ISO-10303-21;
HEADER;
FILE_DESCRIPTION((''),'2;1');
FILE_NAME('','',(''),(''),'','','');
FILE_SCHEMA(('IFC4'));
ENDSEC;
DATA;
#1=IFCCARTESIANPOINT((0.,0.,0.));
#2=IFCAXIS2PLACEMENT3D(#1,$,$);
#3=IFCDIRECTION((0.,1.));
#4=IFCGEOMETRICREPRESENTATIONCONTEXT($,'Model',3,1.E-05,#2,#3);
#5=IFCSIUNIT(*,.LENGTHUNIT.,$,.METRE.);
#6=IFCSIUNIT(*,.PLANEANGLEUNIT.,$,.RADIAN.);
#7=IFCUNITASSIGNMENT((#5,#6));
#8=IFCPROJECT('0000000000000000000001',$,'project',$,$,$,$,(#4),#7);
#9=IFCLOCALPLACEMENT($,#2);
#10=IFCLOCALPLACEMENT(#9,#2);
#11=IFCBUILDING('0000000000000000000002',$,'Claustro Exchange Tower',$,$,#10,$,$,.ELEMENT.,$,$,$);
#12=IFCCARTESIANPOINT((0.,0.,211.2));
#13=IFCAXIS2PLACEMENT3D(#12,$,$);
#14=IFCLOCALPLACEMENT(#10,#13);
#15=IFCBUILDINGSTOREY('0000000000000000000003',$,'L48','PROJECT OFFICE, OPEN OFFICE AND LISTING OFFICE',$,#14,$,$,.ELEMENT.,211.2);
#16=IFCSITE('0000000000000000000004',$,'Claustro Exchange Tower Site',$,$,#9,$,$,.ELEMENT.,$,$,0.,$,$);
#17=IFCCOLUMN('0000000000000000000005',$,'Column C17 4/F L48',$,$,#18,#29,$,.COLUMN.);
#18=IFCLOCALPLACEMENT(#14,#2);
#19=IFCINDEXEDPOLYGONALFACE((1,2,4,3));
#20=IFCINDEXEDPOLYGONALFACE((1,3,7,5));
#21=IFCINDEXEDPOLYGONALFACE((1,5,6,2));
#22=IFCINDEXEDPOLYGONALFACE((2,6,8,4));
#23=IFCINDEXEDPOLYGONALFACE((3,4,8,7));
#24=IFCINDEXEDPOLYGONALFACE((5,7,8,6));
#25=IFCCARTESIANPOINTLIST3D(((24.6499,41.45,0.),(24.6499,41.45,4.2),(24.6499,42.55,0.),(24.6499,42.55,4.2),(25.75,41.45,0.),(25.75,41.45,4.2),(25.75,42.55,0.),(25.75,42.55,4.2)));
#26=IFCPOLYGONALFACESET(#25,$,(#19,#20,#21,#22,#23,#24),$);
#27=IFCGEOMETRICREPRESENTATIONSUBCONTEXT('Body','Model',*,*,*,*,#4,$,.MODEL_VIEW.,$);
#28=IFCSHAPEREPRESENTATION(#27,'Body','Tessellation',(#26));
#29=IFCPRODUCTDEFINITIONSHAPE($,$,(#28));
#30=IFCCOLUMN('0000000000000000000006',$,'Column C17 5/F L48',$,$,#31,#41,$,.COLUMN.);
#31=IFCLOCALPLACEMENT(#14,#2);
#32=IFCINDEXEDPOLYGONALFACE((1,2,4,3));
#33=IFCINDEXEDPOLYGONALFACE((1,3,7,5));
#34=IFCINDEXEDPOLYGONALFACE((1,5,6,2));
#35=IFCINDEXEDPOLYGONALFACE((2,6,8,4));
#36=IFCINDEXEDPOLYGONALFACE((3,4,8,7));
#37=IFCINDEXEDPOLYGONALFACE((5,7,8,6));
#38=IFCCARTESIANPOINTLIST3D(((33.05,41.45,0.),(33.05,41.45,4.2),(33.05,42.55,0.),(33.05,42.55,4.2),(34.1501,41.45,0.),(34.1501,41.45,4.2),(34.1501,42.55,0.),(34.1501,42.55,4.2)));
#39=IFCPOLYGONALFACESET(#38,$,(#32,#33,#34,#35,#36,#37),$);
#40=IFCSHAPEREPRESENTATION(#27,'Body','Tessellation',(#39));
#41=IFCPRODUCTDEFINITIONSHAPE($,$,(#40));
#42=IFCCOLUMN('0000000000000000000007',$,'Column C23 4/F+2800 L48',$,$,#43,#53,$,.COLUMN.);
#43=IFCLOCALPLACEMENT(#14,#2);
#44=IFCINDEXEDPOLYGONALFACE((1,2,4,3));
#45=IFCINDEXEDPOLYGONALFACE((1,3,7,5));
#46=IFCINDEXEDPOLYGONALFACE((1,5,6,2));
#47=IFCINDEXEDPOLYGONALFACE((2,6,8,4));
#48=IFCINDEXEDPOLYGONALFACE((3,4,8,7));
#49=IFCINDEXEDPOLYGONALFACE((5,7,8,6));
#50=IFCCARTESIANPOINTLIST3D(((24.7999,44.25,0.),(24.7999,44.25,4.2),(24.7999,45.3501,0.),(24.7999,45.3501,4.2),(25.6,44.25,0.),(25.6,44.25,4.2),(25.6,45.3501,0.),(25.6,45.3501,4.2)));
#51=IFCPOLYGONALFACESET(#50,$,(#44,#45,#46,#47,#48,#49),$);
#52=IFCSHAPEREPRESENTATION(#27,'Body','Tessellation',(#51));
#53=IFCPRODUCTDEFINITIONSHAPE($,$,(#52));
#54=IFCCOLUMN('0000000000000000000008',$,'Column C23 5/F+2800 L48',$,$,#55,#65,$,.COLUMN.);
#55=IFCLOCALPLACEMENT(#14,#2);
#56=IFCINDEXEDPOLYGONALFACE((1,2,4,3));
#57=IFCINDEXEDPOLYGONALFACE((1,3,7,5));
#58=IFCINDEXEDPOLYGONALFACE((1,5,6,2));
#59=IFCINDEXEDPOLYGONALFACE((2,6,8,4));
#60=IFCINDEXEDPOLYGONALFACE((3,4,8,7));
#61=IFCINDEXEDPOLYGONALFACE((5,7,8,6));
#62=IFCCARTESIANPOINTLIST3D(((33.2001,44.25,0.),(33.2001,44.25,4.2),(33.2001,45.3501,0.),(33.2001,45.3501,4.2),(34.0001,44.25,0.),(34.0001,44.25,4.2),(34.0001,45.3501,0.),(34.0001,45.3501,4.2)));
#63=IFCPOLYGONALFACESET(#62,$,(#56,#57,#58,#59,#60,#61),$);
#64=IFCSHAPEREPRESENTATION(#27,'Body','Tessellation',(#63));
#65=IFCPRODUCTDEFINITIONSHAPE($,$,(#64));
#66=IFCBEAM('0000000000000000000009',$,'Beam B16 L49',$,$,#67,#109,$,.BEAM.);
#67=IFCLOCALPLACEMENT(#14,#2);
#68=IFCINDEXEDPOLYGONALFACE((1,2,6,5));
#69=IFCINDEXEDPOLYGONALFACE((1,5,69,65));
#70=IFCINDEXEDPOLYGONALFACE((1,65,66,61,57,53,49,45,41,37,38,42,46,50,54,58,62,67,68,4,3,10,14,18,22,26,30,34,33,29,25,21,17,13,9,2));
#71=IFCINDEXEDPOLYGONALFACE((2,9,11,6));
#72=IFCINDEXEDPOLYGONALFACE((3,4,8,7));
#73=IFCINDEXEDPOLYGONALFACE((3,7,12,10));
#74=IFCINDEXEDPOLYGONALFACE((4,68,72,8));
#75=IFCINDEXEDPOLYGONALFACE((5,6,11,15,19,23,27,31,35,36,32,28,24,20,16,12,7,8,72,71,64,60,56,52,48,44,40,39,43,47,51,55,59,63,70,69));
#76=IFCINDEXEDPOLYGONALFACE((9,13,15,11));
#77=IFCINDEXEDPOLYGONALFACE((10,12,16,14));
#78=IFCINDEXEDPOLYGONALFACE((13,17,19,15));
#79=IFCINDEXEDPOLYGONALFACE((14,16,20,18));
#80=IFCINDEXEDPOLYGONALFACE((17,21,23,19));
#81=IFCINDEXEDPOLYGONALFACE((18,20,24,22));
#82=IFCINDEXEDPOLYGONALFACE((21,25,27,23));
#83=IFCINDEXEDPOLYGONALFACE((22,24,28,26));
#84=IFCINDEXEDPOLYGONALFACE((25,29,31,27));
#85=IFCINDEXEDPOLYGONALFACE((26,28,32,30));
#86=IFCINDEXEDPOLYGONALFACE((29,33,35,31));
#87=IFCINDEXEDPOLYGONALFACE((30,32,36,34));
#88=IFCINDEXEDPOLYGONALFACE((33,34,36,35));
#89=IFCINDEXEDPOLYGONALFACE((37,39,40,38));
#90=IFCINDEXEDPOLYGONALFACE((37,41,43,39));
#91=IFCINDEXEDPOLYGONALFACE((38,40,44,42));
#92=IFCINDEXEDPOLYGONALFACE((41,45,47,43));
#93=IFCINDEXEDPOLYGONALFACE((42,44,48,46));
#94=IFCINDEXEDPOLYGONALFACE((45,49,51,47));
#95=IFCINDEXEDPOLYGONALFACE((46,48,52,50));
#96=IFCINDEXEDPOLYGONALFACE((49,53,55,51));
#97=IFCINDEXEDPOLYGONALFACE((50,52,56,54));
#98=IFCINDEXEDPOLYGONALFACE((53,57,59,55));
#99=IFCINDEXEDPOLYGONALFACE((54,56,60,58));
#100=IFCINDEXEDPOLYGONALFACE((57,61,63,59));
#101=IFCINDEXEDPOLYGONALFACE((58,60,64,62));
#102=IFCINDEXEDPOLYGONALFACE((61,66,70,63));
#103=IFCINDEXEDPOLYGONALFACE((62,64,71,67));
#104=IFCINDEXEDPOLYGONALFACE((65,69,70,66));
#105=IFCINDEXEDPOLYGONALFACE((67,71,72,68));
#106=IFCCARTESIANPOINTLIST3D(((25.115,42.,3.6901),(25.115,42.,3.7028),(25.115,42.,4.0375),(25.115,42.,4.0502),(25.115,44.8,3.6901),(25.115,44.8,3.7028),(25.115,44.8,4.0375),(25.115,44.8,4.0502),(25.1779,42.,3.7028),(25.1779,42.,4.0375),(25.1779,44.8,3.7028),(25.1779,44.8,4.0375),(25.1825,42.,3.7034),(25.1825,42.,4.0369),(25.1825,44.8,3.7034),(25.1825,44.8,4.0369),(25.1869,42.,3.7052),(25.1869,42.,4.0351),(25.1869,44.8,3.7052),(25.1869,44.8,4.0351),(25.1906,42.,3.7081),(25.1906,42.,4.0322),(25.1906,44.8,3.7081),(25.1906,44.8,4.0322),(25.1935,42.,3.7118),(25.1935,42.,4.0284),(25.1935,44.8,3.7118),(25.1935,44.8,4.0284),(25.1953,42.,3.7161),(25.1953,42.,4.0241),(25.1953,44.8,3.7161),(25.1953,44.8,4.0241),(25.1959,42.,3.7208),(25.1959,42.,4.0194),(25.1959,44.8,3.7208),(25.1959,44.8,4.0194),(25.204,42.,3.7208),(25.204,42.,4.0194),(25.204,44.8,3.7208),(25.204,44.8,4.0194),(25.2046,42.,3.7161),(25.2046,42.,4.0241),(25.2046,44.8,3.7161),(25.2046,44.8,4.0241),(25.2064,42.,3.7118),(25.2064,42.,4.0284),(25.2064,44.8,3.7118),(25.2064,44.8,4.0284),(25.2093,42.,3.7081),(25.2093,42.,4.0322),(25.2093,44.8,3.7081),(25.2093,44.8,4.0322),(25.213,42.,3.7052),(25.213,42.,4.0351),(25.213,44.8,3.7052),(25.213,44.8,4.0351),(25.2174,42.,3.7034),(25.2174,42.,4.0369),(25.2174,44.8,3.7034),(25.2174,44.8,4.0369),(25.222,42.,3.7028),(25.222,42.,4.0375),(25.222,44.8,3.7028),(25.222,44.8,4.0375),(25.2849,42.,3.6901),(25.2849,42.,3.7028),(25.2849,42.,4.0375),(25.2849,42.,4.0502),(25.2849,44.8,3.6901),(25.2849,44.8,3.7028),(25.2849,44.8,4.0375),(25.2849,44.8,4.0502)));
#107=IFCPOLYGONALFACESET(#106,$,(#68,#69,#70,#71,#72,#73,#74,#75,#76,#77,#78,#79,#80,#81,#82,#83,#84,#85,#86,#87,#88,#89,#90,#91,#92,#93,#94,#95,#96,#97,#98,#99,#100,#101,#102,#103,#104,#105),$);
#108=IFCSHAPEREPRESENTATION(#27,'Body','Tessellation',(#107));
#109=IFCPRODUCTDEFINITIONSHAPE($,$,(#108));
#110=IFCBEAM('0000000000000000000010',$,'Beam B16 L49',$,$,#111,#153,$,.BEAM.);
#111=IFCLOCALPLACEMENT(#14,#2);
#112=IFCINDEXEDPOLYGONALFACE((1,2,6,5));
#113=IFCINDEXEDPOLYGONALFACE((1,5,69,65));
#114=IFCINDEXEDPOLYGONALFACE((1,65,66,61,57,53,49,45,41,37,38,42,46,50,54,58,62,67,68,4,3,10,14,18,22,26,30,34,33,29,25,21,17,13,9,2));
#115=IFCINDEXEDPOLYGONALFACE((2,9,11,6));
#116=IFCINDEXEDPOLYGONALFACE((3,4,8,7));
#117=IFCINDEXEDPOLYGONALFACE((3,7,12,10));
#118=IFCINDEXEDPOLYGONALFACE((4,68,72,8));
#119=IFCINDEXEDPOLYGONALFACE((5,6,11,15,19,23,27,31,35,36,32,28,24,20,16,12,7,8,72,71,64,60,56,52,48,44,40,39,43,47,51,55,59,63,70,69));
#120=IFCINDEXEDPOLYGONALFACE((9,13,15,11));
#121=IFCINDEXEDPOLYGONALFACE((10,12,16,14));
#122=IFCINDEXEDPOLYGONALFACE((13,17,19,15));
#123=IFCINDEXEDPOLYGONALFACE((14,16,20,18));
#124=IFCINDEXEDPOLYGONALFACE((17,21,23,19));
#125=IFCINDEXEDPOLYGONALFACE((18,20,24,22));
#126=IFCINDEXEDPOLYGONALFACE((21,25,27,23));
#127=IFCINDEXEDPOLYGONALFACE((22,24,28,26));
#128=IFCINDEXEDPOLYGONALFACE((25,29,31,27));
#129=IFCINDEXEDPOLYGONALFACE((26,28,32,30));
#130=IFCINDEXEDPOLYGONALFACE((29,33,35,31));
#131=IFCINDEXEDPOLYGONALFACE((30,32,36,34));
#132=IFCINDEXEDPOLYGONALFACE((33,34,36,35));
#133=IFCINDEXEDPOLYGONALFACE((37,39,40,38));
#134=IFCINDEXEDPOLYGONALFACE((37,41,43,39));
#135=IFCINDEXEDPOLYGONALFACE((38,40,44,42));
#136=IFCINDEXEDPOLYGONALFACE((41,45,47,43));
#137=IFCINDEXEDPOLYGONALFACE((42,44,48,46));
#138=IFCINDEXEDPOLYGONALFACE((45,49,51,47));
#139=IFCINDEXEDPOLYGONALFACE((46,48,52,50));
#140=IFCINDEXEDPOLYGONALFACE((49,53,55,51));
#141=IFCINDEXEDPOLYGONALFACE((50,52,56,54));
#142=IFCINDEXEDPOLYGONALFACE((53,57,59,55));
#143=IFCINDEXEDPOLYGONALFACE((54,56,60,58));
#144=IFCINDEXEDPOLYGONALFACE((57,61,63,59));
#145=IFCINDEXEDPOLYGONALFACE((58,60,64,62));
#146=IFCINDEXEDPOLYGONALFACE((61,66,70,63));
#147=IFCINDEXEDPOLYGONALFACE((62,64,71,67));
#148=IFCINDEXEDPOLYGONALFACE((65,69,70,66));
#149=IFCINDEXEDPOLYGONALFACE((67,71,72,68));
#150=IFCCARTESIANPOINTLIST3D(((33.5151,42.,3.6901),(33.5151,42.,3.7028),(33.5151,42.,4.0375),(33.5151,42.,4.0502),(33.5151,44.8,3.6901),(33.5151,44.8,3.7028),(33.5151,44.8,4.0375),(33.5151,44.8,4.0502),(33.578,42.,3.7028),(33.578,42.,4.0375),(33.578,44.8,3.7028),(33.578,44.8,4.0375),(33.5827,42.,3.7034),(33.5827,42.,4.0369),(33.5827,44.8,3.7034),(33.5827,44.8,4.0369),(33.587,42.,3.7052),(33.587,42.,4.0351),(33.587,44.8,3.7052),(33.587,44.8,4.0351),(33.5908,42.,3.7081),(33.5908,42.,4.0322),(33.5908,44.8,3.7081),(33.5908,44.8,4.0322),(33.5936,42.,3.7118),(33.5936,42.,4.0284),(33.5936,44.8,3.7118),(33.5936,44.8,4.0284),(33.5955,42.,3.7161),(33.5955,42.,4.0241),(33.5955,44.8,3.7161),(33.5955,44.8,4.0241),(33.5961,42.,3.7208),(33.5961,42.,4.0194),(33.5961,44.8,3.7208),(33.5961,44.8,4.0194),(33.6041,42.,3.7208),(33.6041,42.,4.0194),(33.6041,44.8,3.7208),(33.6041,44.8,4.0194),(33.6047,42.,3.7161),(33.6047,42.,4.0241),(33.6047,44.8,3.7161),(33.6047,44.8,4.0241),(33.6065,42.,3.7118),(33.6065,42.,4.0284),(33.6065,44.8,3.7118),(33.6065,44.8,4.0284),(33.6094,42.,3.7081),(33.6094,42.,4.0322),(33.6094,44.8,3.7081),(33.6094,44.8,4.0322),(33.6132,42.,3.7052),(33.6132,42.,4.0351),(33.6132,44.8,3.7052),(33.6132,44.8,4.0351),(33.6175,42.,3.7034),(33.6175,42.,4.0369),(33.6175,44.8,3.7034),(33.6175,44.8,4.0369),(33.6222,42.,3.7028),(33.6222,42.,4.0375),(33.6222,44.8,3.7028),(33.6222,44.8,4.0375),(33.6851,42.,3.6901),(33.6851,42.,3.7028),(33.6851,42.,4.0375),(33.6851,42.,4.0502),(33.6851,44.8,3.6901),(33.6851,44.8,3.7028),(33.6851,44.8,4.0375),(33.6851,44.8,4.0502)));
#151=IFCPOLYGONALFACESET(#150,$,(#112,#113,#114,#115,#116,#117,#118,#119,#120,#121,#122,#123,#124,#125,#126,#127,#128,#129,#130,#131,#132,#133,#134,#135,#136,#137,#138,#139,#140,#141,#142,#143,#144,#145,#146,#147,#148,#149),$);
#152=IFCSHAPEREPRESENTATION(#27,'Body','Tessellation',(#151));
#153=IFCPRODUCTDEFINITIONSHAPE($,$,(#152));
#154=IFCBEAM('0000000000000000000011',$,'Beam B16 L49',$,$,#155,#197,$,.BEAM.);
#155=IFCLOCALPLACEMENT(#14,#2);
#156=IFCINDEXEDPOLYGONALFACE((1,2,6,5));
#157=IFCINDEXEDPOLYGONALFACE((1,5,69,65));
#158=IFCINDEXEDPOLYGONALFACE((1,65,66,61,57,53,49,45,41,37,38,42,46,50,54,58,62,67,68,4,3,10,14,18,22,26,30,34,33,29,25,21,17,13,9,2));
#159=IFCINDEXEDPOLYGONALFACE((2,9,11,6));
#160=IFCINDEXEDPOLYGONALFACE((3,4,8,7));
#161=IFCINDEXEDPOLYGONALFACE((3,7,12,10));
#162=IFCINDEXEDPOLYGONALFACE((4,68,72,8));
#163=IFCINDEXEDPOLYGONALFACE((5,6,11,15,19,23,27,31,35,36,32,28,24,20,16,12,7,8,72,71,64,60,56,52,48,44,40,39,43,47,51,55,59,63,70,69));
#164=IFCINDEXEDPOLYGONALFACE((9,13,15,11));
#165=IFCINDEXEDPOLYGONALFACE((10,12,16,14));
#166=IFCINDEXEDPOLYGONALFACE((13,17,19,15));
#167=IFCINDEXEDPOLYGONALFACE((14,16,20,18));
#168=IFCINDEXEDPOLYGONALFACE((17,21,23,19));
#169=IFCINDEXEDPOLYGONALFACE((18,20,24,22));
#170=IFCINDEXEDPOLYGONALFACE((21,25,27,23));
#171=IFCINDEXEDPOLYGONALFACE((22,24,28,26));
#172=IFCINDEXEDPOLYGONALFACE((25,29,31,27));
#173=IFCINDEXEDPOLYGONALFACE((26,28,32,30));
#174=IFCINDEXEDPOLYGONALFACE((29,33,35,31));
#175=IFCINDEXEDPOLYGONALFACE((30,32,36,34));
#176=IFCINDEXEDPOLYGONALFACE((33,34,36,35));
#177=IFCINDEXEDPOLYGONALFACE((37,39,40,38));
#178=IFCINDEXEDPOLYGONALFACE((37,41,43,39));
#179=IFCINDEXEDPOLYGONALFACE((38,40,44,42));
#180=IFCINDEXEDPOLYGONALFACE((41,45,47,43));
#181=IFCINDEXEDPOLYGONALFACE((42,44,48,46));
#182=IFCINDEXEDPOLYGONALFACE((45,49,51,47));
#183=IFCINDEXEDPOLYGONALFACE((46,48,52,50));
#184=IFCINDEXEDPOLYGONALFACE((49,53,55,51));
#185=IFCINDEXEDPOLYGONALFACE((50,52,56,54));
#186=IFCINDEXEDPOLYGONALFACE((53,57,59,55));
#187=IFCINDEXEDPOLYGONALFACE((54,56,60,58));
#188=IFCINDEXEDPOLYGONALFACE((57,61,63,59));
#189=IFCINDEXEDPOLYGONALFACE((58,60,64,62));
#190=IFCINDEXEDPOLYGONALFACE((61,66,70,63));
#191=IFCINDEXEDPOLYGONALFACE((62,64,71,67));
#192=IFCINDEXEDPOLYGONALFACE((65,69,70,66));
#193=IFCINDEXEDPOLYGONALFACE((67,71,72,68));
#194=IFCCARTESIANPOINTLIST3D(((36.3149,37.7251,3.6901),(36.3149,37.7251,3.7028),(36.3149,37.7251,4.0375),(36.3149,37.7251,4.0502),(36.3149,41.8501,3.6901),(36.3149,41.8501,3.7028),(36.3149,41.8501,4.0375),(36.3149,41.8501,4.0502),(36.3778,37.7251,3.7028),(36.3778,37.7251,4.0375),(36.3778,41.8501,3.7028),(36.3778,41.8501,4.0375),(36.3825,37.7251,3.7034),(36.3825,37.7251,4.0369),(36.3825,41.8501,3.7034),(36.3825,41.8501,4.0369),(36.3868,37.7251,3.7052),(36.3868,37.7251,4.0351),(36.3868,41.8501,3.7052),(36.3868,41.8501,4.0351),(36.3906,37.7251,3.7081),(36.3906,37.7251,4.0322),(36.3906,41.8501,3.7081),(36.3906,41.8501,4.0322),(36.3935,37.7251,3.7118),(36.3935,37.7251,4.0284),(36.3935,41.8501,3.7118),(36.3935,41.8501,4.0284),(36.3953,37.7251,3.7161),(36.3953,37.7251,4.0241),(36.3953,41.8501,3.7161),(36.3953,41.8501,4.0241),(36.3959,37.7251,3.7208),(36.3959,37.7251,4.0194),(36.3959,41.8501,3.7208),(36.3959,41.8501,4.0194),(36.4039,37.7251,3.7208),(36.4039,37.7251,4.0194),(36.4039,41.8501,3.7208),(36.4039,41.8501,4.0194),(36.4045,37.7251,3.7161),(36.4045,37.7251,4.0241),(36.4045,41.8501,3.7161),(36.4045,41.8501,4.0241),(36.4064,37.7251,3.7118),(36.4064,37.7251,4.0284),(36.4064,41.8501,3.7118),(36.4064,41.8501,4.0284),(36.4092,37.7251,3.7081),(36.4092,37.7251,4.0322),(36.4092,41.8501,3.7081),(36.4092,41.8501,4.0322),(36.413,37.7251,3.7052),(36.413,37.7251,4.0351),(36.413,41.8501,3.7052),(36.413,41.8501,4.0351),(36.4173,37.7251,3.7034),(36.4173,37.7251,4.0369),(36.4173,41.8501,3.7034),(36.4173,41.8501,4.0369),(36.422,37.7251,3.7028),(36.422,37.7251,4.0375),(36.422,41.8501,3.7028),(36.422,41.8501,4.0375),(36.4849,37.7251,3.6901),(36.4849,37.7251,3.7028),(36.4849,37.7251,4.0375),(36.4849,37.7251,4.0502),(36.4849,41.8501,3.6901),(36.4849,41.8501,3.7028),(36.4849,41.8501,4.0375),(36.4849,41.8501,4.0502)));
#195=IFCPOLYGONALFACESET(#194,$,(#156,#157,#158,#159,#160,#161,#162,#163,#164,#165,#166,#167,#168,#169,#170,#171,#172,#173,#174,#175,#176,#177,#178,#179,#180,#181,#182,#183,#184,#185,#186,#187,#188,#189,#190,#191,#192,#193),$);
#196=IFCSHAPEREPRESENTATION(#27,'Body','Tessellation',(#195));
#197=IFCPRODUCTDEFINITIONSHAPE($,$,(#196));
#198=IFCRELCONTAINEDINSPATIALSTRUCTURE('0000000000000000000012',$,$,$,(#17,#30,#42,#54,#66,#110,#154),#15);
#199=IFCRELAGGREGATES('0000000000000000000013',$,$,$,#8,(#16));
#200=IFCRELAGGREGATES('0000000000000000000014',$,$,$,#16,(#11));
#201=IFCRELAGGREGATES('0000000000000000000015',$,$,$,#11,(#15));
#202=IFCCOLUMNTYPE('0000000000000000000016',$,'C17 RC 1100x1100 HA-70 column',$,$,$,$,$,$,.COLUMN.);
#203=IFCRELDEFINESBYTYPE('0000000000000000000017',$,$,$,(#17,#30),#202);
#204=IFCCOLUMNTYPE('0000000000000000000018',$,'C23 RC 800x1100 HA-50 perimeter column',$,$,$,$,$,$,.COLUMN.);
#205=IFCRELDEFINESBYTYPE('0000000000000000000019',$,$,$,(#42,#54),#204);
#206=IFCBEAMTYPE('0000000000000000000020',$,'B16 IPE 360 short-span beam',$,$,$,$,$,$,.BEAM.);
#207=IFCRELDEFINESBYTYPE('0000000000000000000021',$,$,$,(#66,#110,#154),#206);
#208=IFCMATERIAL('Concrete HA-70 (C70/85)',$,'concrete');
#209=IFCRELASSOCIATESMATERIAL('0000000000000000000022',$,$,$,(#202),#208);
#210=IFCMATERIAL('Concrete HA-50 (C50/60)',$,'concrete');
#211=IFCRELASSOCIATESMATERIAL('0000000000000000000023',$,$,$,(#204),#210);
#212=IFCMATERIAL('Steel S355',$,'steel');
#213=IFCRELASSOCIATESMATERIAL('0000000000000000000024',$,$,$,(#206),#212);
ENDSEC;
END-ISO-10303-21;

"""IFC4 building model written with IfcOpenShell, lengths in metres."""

from ifc_helpers import new_model, si_unit, direction, frame, origin, origin_2d, place, context, subcontext, project, spatial, rectangle, i_section, extrude, material, material_profile, profile_set, type_object, element, save


model = new_model("IFC4")

# Units and contexts
model_context = context("Model", 3, precision=1e-05, world=origin(), true_north=direction((0.0, 1.0)))
body_context = subcontext(model_context, "Body", "Model", "MODEL_VIEW")
ifc_project = project(units=[si_unit("LENGTHUNIT", "METRE"), si_unit("PLANEANGLEUNIT", "RADIAN")], contexts=[model_context])

# Site, building, storey
site_placement = place(None, origin())
site = spatial("IfcSite", under=ifc_project, at=site_placement, Name="Claustro Exchange Tower Site", CompositionType="ELEMENT", RefElevation=0.0)
building_placement = place(site_placement, origin())
building = spatial("IfcBuilding", under=site, at=building_placement, Name="Claustro Exchange Tower", CompositionType="ELEMENT")
storey_placement = place(building_placement, frame((0.0, 0.0, 211.2)))
storey = spatial("IfcBuildingStorey", under=building, at=storey_placement, Name="L48", Description="PROJECT OFFICE, OPEN OFFICE AND LISTING OFFICE", CompositionType="ELEMENT", Elevation=211.2)

# Columns
ifc_material_1 = material(Name="Concrete HA-70 (C70/85)", Category="concrete")
ifc_material_profile_1 = material_profile(ifc_material_1, rectangle(XDim=1.1001, YDim=1.1001, at=origin_2d()), Name="RC 1100x1100")
ifc_profile_set_1 = profile_set([ifc_material_profile_1], Name="Concrete HA-70 (C70/85)")
column_type_1 = type_object("IfcColumnType", Name="C17 RC 1100x1100 HA-70 column", PredefinedType="COLUMN", material=ifc_profile_set_1)
for number, where, z_axis, x_axis, name in (
    (1, (25.2, 42.0, 0.0), (0.0, 0.0, 1.0), (1.0, 0.0, 0.0), "Column C17 4/F L48"),
    (2, (33.6001, 42.0, 0.0), (0.0, 0.0, 1.0), (1.0, 0.0, 0.0), "Column C17 5/F L48"),
):
    element("IfcColumn", number, at=place(storey_placement, frame(where, z_axis=z_axis, x_axis=x_axis)), inside=storey, type_object=column_type_1, Name=name, PredefinedType="COLUMN", context=body_context, shape_type="SweptSolid", body=[
        extrude(rectangle(XDim=1.1001, YDim=1.1001, at=origin_2d()), origin(), (0.0, 0.0, 1.0), 4.2),
    ])
ifc_material_2 = material(Name="Concrete HA-50 (C50/60)", Category="concrete")
ifc_material_profile_2 = material_profile(ifc_material_2, rectangle(XDim=0.8, YDim=1.1001, at=origin_2d()), Name="RC 800x1100")
ifc_profile_set_2 = profile_set([ifc_material_profile_2], Name="Concrete HA-50 (C50/60)")
column_type_2 = type_object("IfcColumnType", Name="C23 RC 800x1100 HA-50 perimeter column", PredefinedType="COLUMN", material=ifc_profile_set_2)
for number, where, z_axis, x_axis, name in (
    (3, (25.2, 44.8, 0.0), (0.0, 0.0, 1.0), (1.0, 0.0, 0.0), "Column C23 4/F+2800 L48"),
    (4, (33.6001, 44.8, 0.0), (0.0, 0.0, 1.0), (1.0, 0.0, 0.0), "Column C23 5/F+2800 L48"),
):
    element("IfcColumn", number, at=place(storey_placement, frame(where, z_axis=z_axis, x_axis=x_axis)), inside=storey, type_object=column_type_2, Name=name, PredefinedType="COLUMN", context=body_context, shape_type="SweptSolid", body=[
        extrude(rectangle(XDim=0.8, YDim=1.1001, at=origin_2d()), origin(), (0.0, 0.0, 1.0), 4.2),
    ])

# Beams
ifc_material_3 = material(Name="Steel S355", Category="steel")
ifc_material_profile_3 = material_profile(ifc_material_3, i_section(OverallWidth=0.1699, OverallDepth=0.3601, WebThickness=0.0081, FlangeThickness=0.0127, FilletRadius=0.0181, at=origin_2d()), Name="IPE 360")
ifc_profile_set_3 = profile_set([ifc_material_profile_3], Name="Steel S355")
beam_type_1 = type_object("IfcBeamType", Name="B16 IPE 360 short-span beam", PredefinedType="BEAM", material=ifc_profile_set_3)
for number, where, z_axis, x_axis, name in (
    (5, (25.2, 42.0, 3.8701), (0.0, 1.0, 0.0), (-1.0, 0.0, 0.0), "Beam B16 L49"),
    (6, (33.6001, 42.0, 3.8701), (0.0, 1.0, 0.0), (-1.0, 0.0, 0.0), "Beam B16 L49"),
):
    element("IfcBeam", number, at=place(storey_placement, frame(where, z_axis=z_axis, x_axis=x_axis)), inside=storey, type_object=beam_type_1, Name=name, PredefinedType="BEAM", context=body_context, shape_type="SweptSolid", body=[
        extrude(i_section(OverallWidth=0.1699, OverallDepth=0.3601, WebThickness=0.0081, FlangeThickness=0.0127, FilletRadius=0.0181, at=origin_2d()), origin(), (0.0, 0.0, 1.0), 2.8),
    ])
for number, where, z_axis, x_axis, name in (
    (7, (36.3999, 37.7251, 3.8701), (0.0, 1.0, 0.0), (-1.0, 0.0, 0.0), "Beam B16 L49"),
):
    element("IfcBeam", number, at=place(storey_placement, frame(where, z_axis=z_axis, x_axis=x_axis)), inside=storey, type_object=beam_type_1, Name=name, PredefinedType="BEAM", context=body_context, shape_type="SweptSolid", body=[
        extrude(i_section(OverallWidth=0.1699, OverallDepth=0.3601, WebThickness=0.0081, FlangeThickness=0.0127, FilletRadius=0.0181, at=origin_2d()), origin(), (0.0, 0.0, 1.0), 4.125),
    ])

save(model, "model.ifc")
